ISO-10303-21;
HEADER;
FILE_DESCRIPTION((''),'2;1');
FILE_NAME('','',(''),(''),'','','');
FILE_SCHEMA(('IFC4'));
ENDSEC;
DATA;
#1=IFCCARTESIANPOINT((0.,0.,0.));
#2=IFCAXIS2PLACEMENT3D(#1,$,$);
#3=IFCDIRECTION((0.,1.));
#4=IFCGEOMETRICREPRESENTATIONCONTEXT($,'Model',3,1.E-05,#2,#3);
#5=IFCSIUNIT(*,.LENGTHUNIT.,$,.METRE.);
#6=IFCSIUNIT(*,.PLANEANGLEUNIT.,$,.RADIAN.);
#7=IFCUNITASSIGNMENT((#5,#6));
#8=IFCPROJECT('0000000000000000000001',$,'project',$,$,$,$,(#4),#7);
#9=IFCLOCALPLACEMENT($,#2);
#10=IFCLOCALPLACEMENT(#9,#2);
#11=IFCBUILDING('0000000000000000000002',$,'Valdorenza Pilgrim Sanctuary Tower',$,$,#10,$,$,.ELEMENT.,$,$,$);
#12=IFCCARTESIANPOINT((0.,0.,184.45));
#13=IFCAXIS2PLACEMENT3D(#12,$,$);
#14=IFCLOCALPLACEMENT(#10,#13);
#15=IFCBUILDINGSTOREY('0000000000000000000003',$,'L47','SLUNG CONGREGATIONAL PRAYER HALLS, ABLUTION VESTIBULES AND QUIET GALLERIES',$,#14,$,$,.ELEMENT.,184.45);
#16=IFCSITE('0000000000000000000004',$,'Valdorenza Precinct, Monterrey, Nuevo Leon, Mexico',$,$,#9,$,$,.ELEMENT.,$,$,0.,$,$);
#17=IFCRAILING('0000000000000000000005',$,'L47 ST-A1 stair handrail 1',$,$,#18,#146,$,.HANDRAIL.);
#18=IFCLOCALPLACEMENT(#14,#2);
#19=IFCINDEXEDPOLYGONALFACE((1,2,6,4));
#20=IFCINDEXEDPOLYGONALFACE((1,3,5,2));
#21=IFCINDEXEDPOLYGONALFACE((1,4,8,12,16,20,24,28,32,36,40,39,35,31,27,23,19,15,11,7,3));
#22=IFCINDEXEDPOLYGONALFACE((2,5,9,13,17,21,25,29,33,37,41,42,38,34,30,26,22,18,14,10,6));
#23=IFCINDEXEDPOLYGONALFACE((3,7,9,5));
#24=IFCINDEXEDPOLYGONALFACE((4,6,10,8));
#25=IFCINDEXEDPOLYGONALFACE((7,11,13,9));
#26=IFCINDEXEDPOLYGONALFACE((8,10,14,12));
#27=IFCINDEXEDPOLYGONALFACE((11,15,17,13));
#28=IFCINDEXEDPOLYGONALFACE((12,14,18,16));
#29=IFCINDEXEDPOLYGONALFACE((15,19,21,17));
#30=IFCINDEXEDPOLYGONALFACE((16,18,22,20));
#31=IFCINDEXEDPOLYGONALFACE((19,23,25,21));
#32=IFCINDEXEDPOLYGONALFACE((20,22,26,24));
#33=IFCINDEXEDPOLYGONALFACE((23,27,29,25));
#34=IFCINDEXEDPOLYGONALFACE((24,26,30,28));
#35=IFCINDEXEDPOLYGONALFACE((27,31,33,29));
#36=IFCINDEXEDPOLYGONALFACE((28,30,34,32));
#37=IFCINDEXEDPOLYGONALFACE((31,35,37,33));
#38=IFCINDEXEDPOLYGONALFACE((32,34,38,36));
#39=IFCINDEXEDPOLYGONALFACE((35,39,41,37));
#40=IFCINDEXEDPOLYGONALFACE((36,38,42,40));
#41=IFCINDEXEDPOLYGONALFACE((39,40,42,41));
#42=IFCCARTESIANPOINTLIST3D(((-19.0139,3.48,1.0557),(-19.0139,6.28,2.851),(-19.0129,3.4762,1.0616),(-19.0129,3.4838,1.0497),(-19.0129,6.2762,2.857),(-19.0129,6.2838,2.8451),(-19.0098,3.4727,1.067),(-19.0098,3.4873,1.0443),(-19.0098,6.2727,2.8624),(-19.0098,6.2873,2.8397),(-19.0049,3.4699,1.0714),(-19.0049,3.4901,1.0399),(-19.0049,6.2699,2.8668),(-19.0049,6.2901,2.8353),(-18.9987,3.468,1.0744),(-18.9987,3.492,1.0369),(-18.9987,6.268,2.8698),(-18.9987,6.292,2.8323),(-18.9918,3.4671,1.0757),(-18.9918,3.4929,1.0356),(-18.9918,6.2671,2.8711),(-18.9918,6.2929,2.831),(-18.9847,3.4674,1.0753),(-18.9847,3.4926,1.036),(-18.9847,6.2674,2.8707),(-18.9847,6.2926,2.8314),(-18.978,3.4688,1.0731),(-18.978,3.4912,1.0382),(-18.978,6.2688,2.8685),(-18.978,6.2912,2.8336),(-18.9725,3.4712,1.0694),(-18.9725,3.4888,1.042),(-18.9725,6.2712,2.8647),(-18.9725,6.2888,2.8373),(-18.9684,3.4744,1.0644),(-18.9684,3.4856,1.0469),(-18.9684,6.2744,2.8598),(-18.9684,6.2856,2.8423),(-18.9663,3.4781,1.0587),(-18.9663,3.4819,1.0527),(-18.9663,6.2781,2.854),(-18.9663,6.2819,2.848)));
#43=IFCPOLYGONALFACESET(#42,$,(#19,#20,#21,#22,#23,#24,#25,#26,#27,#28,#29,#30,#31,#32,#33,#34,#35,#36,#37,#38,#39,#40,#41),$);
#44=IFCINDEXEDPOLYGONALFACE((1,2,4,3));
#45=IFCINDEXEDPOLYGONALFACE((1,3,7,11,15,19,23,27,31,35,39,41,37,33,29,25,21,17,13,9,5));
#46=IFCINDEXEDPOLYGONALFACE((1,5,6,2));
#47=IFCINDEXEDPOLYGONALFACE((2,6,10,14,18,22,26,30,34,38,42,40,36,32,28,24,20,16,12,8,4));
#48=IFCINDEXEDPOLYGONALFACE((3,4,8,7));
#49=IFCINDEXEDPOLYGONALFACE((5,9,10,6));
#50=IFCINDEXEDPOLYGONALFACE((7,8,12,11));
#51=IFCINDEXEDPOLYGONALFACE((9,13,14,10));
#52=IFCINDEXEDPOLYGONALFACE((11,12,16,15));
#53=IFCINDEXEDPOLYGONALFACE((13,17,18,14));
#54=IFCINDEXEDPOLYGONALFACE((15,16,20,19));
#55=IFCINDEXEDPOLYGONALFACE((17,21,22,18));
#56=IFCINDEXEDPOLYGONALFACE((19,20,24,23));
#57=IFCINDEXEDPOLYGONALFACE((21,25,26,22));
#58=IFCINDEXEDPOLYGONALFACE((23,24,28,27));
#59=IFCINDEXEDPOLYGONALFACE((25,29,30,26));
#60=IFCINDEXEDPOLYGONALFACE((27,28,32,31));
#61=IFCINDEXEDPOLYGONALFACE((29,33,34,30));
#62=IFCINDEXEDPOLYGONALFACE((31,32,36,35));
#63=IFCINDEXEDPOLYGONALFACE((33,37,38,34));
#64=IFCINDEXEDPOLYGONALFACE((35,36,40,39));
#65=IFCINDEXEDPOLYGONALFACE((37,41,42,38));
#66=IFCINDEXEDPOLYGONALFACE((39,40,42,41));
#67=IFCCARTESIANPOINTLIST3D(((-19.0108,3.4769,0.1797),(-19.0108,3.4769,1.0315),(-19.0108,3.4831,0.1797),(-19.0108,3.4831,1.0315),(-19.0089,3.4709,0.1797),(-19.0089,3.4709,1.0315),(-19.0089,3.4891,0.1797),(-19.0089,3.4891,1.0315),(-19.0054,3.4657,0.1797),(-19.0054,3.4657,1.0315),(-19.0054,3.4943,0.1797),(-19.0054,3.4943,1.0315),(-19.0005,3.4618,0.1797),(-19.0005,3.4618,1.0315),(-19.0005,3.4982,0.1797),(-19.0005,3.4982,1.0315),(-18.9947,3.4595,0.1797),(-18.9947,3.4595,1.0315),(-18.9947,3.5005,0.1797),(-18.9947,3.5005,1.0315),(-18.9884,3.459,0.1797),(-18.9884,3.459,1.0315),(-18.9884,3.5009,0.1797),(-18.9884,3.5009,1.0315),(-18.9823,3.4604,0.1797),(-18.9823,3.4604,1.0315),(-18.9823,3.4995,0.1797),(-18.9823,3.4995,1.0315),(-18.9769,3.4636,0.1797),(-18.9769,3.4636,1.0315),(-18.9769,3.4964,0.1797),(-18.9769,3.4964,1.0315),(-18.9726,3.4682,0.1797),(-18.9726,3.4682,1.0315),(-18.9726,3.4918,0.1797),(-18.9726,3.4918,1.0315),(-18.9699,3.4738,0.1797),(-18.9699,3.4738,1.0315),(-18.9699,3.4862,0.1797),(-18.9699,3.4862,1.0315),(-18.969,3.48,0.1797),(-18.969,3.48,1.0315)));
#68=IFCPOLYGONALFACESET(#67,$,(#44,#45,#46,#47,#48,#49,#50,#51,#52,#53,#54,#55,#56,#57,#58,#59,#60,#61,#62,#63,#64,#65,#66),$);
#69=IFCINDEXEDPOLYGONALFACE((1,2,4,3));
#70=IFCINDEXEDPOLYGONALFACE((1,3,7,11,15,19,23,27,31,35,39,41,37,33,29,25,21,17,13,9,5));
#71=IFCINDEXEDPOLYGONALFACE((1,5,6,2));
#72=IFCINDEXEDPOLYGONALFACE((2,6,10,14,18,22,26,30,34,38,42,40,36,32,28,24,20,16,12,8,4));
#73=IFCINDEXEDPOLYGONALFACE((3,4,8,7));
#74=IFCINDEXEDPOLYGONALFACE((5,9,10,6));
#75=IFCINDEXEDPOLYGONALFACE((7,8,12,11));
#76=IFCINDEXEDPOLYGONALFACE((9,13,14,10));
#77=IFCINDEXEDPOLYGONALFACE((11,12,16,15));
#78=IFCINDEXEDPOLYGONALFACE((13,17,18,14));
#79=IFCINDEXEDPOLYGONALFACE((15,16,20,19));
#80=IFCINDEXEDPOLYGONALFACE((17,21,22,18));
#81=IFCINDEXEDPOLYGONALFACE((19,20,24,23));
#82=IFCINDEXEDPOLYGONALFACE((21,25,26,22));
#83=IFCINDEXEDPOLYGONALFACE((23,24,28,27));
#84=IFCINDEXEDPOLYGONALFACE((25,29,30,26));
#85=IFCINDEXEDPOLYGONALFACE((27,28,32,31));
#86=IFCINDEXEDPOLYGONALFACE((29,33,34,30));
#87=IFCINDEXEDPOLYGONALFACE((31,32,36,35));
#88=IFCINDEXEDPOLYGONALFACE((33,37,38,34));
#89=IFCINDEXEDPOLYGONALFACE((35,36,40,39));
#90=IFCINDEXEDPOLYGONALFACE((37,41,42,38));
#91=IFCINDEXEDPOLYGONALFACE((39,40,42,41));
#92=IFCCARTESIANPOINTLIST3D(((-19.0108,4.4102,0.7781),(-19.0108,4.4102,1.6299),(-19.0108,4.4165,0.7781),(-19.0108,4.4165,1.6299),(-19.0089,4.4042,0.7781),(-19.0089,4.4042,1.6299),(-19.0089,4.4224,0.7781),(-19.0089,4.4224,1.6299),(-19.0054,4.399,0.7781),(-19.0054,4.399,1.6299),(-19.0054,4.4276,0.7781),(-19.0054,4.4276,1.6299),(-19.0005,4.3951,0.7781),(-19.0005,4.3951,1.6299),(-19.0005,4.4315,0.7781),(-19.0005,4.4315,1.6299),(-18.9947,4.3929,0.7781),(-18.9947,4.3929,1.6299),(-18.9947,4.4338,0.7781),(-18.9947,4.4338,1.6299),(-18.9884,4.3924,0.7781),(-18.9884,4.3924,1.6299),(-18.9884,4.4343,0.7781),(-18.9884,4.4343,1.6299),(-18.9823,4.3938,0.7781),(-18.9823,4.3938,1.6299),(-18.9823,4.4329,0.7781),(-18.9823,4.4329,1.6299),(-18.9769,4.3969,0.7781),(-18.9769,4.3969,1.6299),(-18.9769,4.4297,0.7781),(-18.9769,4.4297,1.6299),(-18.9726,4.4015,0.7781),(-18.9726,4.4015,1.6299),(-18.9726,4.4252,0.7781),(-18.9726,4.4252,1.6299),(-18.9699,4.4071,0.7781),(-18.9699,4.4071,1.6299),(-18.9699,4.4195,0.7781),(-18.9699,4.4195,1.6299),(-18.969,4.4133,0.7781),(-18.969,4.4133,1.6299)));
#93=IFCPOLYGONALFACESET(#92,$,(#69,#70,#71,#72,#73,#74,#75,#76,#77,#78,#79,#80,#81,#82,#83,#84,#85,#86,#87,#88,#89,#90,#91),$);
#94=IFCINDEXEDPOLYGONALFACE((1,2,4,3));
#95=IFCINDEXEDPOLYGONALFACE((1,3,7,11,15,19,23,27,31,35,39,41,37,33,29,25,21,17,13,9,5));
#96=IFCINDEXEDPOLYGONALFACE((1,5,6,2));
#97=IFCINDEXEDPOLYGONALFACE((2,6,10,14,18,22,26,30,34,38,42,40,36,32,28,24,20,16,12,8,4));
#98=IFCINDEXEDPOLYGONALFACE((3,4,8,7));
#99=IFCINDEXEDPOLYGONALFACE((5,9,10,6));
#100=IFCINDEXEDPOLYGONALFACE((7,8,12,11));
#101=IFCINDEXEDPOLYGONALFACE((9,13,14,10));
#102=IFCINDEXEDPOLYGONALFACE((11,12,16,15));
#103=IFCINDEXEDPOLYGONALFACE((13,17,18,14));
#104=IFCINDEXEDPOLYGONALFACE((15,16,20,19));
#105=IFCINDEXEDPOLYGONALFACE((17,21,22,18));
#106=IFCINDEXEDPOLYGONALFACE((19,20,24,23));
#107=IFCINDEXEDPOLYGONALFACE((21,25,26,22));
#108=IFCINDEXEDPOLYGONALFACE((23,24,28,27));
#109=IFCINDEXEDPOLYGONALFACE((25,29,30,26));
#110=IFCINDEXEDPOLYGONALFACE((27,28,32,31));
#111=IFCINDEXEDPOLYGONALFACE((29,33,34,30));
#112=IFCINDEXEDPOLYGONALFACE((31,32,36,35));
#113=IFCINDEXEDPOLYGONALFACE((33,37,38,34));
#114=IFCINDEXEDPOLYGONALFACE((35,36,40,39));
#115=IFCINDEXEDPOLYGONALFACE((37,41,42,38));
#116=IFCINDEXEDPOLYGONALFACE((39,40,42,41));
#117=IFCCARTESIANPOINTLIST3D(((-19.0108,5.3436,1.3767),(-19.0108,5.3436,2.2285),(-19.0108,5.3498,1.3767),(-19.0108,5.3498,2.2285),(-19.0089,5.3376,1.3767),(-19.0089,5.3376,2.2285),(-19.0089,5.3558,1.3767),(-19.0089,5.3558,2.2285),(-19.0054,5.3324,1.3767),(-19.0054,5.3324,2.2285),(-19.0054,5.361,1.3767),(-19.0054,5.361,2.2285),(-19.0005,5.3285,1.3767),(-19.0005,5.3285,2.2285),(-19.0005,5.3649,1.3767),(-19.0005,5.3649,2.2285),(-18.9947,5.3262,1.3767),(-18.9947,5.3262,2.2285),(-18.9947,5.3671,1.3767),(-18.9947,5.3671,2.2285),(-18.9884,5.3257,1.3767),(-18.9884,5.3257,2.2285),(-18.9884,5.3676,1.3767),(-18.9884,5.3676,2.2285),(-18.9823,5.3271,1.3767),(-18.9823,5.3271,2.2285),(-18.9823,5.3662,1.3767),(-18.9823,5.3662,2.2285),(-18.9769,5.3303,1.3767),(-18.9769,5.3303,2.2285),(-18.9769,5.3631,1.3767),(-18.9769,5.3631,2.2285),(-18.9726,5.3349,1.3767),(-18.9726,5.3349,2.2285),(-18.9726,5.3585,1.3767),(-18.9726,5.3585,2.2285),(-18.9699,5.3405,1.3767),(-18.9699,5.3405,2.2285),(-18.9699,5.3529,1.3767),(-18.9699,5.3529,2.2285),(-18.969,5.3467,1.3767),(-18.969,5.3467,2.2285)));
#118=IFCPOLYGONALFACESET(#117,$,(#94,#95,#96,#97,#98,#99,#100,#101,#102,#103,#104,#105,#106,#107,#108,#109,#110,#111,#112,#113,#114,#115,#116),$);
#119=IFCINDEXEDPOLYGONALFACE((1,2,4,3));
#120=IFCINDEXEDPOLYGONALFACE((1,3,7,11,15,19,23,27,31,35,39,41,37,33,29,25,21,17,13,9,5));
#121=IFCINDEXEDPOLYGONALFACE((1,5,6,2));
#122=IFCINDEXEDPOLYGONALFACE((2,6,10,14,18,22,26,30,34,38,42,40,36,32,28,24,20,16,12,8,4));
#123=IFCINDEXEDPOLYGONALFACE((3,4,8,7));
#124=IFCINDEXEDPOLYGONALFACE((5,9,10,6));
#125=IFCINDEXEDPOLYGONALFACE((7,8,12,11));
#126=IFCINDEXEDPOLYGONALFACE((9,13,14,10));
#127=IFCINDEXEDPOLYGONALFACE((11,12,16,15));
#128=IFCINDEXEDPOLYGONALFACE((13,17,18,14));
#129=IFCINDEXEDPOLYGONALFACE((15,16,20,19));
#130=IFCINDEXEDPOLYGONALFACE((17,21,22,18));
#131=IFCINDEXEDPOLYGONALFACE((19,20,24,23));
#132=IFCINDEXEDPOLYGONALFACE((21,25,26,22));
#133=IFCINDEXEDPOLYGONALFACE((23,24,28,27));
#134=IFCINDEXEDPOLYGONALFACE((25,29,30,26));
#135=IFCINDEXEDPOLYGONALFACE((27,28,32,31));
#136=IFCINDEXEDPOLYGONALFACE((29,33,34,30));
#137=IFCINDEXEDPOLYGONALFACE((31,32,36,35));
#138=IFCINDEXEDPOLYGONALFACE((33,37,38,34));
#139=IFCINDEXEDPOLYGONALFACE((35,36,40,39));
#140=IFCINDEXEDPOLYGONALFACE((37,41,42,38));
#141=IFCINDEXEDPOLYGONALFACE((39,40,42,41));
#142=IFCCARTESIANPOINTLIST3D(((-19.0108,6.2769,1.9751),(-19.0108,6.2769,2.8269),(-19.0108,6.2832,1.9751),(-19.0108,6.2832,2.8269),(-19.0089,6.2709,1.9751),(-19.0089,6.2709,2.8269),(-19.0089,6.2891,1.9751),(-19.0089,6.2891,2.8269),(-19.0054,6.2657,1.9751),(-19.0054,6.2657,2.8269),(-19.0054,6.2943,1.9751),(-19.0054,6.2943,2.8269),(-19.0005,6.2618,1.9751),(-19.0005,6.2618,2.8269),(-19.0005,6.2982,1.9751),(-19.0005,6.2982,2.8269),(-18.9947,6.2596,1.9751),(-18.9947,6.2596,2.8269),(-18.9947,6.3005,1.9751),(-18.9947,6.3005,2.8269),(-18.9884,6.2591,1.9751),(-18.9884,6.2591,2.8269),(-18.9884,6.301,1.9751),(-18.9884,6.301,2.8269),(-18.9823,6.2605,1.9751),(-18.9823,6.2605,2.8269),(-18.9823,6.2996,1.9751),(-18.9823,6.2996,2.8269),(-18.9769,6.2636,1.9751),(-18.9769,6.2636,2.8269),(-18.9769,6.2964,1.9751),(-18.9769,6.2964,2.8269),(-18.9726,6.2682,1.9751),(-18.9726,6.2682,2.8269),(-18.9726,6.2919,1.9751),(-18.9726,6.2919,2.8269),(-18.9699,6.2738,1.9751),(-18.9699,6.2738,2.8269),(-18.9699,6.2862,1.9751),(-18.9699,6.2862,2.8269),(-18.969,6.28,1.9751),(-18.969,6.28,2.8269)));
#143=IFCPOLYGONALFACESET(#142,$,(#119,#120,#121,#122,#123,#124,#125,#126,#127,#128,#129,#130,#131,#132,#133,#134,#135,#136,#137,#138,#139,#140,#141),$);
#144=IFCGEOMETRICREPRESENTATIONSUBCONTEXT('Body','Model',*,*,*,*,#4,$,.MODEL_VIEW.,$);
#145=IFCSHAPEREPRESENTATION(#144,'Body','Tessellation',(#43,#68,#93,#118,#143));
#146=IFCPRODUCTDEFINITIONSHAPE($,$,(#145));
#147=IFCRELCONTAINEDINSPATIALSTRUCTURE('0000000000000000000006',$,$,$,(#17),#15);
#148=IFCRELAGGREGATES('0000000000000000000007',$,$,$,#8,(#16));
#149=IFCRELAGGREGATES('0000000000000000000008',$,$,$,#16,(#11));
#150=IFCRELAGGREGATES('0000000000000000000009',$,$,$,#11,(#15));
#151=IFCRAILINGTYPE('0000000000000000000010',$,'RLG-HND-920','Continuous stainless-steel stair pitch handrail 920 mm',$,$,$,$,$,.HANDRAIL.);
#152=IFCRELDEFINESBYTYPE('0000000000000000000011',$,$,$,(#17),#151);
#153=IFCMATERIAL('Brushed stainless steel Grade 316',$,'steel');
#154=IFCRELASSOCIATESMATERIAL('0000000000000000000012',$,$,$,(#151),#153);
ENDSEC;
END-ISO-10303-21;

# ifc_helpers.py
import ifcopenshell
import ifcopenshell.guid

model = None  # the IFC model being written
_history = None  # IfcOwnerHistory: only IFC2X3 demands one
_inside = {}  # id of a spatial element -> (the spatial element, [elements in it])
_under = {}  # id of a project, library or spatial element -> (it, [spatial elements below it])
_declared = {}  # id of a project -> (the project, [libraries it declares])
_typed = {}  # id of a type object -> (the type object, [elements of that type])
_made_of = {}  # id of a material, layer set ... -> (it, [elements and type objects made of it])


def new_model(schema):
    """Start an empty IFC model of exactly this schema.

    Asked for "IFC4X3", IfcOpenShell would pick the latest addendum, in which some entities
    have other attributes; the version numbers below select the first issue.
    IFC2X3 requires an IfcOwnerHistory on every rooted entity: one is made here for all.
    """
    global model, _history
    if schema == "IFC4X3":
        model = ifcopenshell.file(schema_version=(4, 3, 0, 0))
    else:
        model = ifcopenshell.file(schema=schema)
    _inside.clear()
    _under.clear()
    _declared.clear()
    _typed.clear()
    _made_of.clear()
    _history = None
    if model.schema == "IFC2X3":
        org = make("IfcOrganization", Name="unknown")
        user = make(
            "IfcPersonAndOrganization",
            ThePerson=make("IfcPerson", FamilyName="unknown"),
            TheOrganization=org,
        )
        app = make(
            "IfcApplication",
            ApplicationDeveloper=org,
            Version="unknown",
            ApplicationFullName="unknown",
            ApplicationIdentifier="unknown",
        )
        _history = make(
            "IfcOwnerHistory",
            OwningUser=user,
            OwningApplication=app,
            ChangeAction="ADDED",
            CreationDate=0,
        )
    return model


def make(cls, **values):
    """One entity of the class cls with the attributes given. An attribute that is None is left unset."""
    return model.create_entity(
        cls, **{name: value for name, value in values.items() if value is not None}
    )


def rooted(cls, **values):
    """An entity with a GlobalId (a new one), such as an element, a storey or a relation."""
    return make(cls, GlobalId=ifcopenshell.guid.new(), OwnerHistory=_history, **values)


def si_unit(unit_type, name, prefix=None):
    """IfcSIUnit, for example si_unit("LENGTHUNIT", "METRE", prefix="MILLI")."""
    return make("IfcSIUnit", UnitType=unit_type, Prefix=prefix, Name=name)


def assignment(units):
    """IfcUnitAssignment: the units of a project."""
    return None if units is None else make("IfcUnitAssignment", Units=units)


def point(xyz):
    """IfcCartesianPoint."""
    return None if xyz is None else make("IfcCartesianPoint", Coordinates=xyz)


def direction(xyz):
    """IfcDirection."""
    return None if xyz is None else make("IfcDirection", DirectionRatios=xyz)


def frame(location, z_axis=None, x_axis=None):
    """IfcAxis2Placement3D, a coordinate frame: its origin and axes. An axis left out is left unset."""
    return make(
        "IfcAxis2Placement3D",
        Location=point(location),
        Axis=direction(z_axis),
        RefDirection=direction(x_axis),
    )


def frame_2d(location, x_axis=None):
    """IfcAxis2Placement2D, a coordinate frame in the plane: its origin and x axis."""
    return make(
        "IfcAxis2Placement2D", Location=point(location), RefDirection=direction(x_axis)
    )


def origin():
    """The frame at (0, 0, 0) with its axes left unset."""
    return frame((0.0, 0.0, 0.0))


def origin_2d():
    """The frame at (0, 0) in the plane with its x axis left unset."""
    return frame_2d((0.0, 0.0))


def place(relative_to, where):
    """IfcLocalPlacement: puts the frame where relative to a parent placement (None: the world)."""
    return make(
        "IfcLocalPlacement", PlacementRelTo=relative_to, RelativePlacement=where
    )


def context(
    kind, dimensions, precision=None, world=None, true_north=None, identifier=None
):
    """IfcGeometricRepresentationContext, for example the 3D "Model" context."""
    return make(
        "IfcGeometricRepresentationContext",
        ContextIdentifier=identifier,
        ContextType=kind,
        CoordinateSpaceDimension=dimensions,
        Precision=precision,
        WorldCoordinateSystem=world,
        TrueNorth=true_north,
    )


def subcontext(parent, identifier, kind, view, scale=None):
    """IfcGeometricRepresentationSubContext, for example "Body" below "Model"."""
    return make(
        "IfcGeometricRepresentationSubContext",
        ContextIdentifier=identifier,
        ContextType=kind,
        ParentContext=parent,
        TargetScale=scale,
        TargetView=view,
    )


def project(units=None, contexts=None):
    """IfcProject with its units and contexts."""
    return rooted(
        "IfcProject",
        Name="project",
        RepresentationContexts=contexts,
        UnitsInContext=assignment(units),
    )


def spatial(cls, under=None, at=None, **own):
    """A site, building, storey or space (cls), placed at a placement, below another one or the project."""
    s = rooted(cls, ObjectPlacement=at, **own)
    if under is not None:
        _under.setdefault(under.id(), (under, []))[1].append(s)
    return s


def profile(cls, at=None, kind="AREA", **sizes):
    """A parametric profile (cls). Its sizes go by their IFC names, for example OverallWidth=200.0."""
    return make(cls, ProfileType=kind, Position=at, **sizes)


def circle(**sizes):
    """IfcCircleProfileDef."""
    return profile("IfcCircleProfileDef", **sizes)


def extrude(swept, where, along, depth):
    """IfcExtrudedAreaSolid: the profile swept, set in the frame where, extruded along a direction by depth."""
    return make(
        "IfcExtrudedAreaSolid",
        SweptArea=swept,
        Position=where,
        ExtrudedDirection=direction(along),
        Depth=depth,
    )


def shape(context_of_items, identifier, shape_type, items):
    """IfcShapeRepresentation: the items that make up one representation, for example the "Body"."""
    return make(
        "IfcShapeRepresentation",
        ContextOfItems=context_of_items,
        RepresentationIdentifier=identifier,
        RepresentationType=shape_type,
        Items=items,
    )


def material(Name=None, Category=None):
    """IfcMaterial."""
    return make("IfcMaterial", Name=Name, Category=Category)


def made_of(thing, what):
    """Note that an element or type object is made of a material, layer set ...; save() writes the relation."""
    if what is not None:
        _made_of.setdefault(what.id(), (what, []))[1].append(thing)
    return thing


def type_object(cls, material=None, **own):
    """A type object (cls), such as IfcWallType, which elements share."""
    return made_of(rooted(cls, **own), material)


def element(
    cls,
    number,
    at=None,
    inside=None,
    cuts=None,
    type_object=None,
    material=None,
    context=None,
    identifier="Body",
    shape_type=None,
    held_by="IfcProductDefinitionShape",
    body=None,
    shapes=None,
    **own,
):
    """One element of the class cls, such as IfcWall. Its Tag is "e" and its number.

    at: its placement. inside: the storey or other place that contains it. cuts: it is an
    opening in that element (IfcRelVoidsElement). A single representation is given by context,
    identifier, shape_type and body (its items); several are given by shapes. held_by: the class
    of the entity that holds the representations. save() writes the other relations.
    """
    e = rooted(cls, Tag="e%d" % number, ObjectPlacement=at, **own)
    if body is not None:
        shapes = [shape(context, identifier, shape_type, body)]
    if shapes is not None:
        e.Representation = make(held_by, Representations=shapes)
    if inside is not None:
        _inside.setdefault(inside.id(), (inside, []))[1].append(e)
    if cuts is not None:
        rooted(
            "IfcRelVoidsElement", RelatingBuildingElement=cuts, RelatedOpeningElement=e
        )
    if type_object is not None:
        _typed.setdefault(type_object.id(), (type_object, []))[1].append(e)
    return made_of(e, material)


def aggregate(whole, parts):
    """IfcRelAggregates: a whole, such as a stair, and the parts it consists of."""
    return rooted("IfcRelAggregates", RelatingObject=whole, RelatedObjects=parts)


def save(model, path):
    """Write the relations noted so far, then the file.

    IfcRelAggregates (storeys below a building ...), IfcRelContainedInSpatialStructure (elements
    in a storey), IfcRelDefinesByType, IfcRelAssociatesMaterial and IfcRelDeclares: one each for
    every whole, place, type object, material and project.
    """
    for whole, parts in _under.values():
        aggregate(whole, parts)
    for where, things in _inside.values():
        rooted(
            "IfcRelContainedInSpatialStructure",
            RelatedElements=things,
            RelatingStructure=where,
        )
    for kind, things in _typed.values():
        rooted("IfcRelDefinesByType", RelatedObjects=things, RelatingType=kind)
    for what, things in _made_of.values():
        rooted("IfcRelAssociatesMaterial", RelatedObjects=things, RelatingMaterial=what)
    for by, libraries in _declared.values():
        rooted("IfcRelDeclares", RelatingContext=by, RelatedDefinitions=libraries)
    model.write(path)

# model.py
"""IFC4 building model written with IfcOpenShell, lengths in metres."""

from ifc_helpers import new_model, si_unit, direction, frame, origin, origin_2d, place, context, subcontext, project, spatial, circle, extrude, material, type_object, element, save


model = new_model("IFC4")

# Units and contexts
model_context = context("Model", 3, precision=1e-05, world=origin(), true_north=direction((0.0, 1.0)))
body_context = subcontext(model_context, "Body", "Model", "MODEL_VIEW")
ifc_project = project(units=[si_unit("LENGTHUNIT", "METRE"), si_unit("PLANEANGLEUNIT", "RADIAN")], contexts=[model_context])

# Site, building, storey
site_placement = place(None, origin())
site = spatial("IfcSite", under=ifc_project, at=site_placement, Name="Valdorenza Precinct, Monterrey, Nuevo Leon, Mexico", CompositionType="ELEMENT", RefElevation=0.0)
building_placement = place(site_placement, origin())
building = spatial("IfcBuilding", under=site, at=building_placement, Name="Valdorenza Pilgrim Sanctuary Tower", CompositionType="ELEMENT")
storey_placement = place(building_placement, frame((0.0, 0.0, 184.45)))
storey = spatial("IfcBuildingStorey", under=building, at=storey_placement, Name="L47", Description="SLUNG CONGREGATIONAL PRAYER HALLS, ABLUTION VESTIBULES AND QUIET GALLERIES", CompositionType="ELEMENT", Elevation=184.45)

# Shared definitions
ifc_material_1 = material(Name="Brushed stainless steel Grade 316", Category="steel")

# Railing
railing_type_1 = type_object("IfcRailingType", Name="RLG-HND-920", Description="Continuous stainless-steel stair pitch handrail 920 mm", PredefinedType="HANDRAIL", material=ifc_material_1)
railing_1_placement = place(storey_placement, frame((-18.99, 3.48, 0.1797)))
element("IfcRailing", 1, at=railing_1_placement, inside=storey, type_object=railing_type_1, Name="L47 ST-A1 stair handrail 1", PredefinedType="HANDRAIL", context=body_context, shape_type="SweptSolid", body=[
    extrude(circle(Radius=0.0239, at=origin_2d()), frame((0.0, 0.0, 0.876), z_axis=(0.0, 0.84181, 0.539774), x_axis=(-1.0, 0.0, 0.0)), (0.0, 0.0, 1.0), 3.3262),
    extrude(circle(Radius=0.021, at=origin_2d()), origin(), (0.0, 0.0, 1.0), 0.8518),
    extrude(circle(Radius=0.021, at=origin_2d()), frame((0.0, 0.9333, 0.5984)), (0.0, 0.0, 1.0), 0.8518),
    extrude(circle(Radius=0.021, at=origin_2d()), frame((0.0, 1.8667, 1.197)), (0.0, 0.0, 1.0), 0.8518),
    extrude(circle(Radius=0.021, at=origin_2d()), frame((0.0, 2.8, 1.7954)), (0.0, 0.0, 1.0), 0.8518),
])

save(model, "model.ifc")
